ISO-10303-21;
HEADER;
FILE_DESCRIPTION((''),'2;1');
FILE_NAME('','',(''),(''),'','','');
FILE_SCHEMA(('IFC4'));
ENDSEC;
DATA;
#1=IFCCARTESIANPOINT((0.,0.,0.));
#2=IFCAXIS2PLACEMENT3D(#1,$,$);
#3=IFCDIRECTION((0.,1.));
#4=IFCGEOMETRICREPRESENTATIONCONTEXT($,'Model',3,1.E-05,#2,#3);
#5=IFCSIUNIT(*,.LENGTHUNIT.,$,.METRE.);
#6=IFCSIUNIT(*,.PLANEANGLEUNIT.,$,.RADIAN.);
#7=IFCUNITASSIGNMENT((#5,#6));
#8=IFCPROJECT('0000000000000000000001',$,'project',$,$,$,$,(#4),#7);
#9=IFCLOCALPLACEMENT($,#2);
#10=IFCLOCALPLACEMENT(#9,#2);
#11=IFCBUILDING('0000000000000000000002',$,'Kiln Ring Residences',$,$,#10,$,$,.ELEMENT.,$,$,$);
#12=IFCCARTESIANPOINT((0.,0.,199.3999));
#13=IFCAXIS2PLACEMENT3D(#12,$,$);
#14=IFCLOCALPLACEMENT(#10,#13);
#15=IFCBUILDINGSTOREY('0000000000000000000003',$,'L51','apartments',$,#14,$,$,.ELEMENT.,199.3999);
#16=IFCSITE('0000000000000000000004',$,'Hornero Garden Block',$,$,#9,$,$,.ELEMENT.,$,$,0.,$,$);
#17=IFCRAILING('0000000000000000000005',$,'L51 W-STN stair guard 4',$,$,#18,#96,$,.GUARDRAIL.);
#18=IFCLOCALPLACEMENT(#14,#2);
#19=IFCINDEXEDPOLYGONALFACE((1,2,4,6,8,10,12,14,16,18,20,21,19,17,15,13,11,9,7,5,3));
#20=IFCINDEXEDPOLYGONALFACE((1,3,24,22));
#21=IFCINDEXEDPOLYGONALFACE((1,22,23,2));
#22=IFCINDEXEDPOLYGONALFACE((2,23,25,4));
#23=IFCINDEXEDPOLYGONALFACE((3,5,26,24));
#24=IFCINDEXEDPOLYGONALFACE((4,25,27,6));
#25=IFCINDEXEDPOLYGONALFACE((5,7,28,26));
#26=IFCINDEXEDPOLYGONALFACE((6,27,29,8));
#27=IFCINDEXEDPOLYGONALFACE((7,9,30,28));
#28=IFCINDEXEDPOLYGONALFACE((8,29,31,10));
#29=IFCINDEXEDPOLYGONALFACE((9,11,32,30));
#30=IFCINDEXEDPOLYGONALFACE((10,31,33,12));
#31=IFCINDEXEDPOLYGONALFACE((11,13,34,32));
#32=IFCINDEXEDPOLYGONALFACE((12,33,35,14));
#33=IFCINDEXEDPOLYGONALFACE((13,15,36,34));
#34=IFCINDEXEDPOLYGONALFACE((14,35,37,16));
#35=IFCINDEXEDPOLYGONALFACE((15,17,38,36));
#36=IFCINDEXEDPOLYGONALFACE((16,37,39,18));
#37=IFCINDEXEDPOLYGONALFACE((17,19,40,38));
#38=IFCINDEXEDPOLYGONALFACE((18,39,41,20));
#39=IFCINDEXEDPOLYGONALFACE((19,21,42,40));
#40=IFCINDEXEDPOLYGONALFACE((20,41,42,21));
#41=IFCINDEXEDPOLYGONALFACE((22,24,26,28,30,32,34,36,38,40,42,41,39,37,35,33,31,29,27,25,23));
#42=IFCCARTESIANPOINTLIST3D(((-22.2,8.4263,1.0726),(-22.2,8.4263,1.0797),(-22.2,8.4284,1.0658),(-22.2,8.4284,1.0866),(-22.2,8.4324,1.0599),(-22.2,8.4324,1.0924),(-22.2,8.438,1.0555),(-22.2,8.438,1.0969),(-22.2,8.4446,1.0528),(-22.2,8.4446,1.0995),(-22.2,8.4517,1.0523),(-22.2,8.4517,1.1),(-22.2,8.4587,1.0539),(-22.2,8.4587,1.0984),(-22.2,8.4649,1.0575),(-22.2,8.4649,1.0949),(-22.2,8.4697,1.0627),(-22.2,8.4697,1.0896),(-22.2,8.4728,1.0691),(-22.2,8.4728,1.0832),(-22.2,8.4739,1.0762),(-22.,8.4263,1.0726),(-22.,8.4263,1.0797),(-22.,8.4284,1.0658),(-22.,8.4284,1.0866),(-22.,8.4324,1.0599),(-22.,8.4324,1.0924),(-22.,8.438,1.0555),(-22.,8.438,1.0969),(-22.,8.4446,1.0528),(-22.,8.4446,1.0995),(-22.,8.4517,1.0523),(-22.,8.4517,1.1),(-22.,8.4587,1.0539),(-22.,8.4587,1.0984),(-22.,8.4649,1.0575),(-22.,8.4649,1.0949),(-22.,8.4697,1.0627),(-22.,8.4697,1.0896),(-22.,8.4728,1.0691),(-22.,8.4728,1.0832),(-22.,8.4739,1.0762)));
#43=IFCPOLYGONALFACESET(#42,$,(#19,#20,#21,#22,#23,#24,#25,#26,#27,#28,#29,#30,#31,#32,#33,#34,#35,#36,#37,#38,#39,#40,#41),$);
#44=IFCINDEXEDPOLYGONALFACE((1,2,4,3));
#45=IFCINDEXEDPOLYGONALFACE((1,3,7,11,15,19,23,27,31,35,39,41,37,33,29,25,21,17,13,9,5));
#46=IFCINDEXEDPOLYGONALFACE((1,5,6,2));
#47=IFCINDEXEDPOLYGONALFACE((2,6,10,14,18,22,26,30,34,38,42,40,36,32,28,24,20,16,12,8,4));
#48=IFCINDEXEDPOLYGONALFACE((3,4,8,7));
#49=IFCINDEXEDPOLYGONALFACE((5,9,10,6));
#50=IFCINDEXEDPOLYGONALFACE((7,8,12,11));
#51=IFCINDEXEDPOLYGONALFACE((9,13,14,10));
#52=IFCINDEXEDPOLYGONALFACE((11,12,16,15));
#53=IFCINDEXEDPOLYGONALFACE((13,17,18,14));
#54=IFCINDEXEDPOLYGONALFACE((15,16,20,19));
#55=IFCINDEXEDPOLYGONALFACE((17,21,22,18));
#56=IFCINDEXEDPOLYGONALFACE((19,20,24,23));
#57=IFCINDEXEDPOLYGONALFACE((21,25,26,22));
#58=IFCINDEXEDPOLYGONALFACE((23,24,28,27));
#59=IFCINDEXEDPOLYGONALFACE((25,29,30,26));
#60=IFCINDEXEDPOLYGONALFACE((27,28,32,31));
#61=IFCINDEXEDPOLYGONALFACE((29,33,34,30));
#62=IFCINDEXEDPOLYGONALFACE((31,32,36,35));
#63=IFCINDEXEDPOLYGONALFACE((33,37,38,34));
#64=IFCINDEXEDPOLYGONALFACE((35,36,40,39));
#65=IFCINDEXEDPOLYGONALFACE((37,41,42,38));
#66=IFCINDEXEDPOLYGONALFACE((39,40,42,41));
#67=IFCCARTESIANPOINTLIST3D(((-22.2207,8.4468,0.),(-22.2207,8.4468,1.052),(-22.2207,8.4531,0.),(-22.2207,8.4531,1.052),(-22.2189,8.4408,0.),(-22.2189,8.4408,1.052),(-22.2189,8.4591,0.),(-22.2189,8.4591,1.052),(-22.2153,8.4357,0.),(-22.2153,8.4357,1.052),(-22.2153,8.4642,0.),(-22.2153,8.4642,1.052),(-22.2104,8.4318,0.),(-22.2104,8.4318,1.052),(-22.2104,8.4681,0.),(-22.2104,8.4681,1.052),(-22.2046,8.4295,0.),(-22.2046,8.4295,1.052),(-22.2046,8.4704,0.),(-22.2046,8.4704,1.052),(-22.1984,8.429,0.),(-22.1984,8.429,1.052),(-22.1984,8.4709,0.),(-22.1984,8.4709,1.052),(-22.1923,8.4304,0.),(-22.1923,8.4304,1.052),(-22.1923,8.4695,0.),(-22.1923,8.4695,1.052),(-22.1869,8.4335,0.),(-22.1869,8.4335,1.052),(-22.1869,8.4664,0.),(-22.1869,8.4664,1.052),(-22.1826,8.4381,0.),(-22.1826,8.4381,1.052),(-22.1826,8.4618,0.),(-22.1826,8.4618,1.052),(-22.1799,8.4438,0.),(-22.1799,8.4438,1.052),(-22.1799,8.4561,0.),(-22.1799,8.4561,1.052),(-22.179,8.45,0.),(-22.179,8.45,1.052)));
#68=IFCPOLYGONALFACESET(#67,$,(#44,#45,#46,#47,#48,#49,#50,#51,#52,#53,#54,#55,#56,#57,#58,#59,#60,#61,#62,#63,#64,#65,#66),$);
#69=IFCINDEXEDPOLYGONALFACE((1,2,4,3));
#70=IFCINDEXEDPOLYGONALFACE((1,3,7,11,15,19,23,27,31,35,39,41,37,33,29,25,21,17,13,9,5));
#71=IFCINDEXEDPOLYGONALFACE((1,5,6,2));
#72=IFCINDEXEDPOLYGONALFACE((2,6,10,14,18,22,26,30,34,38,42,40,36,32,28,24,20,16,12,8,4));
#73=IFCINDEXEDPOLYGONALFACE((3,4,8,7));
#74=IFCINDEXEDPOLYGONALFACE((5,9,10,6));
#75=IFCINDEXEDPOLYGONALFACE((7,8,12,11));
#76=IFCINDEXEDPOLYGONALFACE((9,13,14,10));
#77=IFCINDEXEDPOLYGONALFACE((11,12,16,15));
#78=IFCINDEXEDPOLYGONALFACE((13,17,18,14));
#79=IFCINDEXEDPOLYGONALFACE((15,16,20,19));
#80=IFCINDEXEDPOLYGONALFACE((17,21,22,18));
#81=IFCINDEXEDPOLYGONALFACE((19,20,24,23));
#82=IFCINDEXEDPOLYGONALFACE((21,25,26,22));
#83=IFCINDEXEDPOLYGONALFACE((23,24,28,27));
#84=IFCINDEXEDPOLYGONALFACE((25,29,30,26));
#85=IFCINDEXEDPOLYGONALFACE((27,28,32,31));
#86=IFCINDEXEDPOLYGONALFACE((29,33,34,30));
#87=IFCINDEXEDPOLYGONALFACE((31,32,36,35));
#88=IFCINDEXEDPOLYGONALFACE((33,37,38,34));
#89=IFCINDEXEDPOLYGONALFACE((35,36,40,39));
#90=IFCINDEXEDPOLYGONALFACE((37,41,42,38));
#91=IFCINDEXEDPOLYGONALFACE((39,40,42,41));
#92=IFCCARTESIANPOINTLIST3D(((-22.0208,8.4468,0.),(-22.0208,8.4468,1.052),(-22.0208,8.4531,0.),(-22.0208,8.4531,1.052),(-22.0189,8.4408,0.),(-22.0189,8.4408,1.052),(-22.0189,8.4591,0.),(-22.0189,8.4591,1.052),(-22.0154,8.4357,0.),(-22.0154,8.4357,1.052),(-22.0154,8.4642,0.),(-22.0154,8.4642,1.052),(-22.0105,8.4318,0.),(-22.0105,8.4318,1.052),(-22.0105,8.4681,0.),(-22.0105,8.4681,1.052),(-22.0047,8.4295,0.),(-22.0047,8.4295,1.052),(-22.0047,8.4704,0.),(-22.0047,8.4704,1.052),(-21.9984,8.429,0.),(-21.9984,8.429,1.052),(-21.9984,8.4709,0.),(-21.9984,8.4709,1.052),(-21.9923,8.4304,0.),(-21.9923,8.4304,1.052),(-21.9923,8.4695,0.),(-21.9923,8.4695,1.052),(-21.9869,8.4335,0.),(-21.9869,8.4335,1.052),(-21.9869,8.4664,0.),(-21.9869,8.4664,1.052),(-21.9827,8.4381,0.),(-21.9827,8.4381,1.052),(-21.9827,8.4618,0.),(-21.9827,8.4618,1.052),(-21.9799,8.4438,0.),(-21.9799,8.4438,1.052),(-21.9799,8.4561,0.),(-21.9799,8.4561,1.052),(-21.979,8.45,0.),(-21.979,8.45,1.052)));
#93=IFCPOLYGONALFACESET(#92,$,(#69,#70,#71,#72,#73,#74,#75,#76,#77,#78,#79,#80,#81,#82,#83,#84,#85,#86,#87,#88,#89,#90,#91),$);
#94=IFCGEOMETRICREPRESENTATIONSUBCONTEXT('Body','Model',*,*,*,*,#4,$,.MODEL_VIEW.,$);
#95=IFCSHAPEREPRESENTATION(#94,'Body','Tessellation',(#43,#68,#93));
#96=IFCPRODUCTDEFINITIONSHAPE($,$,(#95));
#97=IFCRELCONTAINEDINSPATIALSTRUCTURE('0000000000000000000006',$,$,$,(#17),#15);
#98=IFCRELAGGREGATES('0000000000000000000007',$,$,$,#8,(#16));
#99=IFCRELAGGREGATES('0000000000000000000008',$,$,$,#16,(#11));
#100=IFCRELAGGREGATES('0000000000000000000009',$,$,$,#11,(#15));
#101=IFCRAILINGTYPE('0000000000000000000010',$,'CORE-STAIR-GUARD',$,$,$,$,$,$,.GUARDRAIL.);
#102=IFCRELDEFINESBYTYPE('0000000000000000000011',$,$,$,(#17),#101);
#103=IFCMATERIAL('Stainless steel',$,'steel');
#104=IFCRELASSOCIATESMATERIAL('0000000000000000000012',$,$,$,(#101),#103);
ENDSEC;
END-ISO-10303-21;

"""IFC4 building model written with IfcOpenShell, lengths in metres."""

from ifc_helpers import new_model, si_unit, direction, frame, origin, origin_2d, place, context, subcontext, project, spatial, circle, extrude, material, type_object, element, save


model = new_model("IFC4")

# Units and contexts
model_context = context("Model", 3, precision=1e-05, world=origin(), true_north=direction((0.0, 1.0)))
body_context = subcontext(model_context, "Body", "Model", "MODEL_VIEW")
ifc_project = project(units=[si_unit("LENGTHUNIT", "METRE"), si_unit("PLANEANGLEUNIT", "RADIAN")], contexts=[model_context])

# Site, building, storey
site_placement = place(None, origin())
site = spatial("IfcSite", under=ifc_project, at=site_placement, Name="Hornero Garden Block", CompositionType="ELEMENT", RefElevation=0.0)
building_placement = place(site_placement, origin())
building = spatial("IfcBuilding", under=site, at=building_placement, Name="Kiln Ring Residences", CompositionType="ELEMENT")
storey_placement = place(building_placement, frame((0.0, 0.0, 199.3999)))
storey = spatial("IfcBuildingStorey", under=building, at=storey_placement, Name="L51", Description="apartments", CompositionType="ELEMENT", Elevation=199.3999)

# Railing
ifc_material_1 = material(Name="Stainless steel", Category="steel")
railing_type_1 = type_object("IfcRailingType", Name="CORE-STAIR-GUARD", PredefinedType="GUARDRAIL", material=ifc_material_1)
railing_1_placement = place(storey_placement, frame((-22.2, 8.45, 0.0)))
element("IfcRailing", 1, at=railing_1_placement, inside=storey, type_object=railing_type_1, Name="L51 W-STN stair guard 4", PredefinedType="GUARDRAIL", context=body_context, shape_type="SweptSolid", body=[
    extrude(circle(Radius=0.0239, at=origin_2d()), frame((0.0, 0.0, 1.0762), z_axis=(1.0, 0.0, 0.0), x_axis=(0.0, 1.0, 0.0)), (0.0, 0.0, 1.0), 0.2),
    extrude(circle(Radius=0.021, at=origin_2d()), origin(), (0.0, 0.0, 1.0), 1.052),
    extrude(circle(Radius=0.021, at=origin_2d()), frame((0.2, 0.0, 0.0)), (0.0, 0.0, 1.0), 1.052),
])

save(model, "model.ifc")
